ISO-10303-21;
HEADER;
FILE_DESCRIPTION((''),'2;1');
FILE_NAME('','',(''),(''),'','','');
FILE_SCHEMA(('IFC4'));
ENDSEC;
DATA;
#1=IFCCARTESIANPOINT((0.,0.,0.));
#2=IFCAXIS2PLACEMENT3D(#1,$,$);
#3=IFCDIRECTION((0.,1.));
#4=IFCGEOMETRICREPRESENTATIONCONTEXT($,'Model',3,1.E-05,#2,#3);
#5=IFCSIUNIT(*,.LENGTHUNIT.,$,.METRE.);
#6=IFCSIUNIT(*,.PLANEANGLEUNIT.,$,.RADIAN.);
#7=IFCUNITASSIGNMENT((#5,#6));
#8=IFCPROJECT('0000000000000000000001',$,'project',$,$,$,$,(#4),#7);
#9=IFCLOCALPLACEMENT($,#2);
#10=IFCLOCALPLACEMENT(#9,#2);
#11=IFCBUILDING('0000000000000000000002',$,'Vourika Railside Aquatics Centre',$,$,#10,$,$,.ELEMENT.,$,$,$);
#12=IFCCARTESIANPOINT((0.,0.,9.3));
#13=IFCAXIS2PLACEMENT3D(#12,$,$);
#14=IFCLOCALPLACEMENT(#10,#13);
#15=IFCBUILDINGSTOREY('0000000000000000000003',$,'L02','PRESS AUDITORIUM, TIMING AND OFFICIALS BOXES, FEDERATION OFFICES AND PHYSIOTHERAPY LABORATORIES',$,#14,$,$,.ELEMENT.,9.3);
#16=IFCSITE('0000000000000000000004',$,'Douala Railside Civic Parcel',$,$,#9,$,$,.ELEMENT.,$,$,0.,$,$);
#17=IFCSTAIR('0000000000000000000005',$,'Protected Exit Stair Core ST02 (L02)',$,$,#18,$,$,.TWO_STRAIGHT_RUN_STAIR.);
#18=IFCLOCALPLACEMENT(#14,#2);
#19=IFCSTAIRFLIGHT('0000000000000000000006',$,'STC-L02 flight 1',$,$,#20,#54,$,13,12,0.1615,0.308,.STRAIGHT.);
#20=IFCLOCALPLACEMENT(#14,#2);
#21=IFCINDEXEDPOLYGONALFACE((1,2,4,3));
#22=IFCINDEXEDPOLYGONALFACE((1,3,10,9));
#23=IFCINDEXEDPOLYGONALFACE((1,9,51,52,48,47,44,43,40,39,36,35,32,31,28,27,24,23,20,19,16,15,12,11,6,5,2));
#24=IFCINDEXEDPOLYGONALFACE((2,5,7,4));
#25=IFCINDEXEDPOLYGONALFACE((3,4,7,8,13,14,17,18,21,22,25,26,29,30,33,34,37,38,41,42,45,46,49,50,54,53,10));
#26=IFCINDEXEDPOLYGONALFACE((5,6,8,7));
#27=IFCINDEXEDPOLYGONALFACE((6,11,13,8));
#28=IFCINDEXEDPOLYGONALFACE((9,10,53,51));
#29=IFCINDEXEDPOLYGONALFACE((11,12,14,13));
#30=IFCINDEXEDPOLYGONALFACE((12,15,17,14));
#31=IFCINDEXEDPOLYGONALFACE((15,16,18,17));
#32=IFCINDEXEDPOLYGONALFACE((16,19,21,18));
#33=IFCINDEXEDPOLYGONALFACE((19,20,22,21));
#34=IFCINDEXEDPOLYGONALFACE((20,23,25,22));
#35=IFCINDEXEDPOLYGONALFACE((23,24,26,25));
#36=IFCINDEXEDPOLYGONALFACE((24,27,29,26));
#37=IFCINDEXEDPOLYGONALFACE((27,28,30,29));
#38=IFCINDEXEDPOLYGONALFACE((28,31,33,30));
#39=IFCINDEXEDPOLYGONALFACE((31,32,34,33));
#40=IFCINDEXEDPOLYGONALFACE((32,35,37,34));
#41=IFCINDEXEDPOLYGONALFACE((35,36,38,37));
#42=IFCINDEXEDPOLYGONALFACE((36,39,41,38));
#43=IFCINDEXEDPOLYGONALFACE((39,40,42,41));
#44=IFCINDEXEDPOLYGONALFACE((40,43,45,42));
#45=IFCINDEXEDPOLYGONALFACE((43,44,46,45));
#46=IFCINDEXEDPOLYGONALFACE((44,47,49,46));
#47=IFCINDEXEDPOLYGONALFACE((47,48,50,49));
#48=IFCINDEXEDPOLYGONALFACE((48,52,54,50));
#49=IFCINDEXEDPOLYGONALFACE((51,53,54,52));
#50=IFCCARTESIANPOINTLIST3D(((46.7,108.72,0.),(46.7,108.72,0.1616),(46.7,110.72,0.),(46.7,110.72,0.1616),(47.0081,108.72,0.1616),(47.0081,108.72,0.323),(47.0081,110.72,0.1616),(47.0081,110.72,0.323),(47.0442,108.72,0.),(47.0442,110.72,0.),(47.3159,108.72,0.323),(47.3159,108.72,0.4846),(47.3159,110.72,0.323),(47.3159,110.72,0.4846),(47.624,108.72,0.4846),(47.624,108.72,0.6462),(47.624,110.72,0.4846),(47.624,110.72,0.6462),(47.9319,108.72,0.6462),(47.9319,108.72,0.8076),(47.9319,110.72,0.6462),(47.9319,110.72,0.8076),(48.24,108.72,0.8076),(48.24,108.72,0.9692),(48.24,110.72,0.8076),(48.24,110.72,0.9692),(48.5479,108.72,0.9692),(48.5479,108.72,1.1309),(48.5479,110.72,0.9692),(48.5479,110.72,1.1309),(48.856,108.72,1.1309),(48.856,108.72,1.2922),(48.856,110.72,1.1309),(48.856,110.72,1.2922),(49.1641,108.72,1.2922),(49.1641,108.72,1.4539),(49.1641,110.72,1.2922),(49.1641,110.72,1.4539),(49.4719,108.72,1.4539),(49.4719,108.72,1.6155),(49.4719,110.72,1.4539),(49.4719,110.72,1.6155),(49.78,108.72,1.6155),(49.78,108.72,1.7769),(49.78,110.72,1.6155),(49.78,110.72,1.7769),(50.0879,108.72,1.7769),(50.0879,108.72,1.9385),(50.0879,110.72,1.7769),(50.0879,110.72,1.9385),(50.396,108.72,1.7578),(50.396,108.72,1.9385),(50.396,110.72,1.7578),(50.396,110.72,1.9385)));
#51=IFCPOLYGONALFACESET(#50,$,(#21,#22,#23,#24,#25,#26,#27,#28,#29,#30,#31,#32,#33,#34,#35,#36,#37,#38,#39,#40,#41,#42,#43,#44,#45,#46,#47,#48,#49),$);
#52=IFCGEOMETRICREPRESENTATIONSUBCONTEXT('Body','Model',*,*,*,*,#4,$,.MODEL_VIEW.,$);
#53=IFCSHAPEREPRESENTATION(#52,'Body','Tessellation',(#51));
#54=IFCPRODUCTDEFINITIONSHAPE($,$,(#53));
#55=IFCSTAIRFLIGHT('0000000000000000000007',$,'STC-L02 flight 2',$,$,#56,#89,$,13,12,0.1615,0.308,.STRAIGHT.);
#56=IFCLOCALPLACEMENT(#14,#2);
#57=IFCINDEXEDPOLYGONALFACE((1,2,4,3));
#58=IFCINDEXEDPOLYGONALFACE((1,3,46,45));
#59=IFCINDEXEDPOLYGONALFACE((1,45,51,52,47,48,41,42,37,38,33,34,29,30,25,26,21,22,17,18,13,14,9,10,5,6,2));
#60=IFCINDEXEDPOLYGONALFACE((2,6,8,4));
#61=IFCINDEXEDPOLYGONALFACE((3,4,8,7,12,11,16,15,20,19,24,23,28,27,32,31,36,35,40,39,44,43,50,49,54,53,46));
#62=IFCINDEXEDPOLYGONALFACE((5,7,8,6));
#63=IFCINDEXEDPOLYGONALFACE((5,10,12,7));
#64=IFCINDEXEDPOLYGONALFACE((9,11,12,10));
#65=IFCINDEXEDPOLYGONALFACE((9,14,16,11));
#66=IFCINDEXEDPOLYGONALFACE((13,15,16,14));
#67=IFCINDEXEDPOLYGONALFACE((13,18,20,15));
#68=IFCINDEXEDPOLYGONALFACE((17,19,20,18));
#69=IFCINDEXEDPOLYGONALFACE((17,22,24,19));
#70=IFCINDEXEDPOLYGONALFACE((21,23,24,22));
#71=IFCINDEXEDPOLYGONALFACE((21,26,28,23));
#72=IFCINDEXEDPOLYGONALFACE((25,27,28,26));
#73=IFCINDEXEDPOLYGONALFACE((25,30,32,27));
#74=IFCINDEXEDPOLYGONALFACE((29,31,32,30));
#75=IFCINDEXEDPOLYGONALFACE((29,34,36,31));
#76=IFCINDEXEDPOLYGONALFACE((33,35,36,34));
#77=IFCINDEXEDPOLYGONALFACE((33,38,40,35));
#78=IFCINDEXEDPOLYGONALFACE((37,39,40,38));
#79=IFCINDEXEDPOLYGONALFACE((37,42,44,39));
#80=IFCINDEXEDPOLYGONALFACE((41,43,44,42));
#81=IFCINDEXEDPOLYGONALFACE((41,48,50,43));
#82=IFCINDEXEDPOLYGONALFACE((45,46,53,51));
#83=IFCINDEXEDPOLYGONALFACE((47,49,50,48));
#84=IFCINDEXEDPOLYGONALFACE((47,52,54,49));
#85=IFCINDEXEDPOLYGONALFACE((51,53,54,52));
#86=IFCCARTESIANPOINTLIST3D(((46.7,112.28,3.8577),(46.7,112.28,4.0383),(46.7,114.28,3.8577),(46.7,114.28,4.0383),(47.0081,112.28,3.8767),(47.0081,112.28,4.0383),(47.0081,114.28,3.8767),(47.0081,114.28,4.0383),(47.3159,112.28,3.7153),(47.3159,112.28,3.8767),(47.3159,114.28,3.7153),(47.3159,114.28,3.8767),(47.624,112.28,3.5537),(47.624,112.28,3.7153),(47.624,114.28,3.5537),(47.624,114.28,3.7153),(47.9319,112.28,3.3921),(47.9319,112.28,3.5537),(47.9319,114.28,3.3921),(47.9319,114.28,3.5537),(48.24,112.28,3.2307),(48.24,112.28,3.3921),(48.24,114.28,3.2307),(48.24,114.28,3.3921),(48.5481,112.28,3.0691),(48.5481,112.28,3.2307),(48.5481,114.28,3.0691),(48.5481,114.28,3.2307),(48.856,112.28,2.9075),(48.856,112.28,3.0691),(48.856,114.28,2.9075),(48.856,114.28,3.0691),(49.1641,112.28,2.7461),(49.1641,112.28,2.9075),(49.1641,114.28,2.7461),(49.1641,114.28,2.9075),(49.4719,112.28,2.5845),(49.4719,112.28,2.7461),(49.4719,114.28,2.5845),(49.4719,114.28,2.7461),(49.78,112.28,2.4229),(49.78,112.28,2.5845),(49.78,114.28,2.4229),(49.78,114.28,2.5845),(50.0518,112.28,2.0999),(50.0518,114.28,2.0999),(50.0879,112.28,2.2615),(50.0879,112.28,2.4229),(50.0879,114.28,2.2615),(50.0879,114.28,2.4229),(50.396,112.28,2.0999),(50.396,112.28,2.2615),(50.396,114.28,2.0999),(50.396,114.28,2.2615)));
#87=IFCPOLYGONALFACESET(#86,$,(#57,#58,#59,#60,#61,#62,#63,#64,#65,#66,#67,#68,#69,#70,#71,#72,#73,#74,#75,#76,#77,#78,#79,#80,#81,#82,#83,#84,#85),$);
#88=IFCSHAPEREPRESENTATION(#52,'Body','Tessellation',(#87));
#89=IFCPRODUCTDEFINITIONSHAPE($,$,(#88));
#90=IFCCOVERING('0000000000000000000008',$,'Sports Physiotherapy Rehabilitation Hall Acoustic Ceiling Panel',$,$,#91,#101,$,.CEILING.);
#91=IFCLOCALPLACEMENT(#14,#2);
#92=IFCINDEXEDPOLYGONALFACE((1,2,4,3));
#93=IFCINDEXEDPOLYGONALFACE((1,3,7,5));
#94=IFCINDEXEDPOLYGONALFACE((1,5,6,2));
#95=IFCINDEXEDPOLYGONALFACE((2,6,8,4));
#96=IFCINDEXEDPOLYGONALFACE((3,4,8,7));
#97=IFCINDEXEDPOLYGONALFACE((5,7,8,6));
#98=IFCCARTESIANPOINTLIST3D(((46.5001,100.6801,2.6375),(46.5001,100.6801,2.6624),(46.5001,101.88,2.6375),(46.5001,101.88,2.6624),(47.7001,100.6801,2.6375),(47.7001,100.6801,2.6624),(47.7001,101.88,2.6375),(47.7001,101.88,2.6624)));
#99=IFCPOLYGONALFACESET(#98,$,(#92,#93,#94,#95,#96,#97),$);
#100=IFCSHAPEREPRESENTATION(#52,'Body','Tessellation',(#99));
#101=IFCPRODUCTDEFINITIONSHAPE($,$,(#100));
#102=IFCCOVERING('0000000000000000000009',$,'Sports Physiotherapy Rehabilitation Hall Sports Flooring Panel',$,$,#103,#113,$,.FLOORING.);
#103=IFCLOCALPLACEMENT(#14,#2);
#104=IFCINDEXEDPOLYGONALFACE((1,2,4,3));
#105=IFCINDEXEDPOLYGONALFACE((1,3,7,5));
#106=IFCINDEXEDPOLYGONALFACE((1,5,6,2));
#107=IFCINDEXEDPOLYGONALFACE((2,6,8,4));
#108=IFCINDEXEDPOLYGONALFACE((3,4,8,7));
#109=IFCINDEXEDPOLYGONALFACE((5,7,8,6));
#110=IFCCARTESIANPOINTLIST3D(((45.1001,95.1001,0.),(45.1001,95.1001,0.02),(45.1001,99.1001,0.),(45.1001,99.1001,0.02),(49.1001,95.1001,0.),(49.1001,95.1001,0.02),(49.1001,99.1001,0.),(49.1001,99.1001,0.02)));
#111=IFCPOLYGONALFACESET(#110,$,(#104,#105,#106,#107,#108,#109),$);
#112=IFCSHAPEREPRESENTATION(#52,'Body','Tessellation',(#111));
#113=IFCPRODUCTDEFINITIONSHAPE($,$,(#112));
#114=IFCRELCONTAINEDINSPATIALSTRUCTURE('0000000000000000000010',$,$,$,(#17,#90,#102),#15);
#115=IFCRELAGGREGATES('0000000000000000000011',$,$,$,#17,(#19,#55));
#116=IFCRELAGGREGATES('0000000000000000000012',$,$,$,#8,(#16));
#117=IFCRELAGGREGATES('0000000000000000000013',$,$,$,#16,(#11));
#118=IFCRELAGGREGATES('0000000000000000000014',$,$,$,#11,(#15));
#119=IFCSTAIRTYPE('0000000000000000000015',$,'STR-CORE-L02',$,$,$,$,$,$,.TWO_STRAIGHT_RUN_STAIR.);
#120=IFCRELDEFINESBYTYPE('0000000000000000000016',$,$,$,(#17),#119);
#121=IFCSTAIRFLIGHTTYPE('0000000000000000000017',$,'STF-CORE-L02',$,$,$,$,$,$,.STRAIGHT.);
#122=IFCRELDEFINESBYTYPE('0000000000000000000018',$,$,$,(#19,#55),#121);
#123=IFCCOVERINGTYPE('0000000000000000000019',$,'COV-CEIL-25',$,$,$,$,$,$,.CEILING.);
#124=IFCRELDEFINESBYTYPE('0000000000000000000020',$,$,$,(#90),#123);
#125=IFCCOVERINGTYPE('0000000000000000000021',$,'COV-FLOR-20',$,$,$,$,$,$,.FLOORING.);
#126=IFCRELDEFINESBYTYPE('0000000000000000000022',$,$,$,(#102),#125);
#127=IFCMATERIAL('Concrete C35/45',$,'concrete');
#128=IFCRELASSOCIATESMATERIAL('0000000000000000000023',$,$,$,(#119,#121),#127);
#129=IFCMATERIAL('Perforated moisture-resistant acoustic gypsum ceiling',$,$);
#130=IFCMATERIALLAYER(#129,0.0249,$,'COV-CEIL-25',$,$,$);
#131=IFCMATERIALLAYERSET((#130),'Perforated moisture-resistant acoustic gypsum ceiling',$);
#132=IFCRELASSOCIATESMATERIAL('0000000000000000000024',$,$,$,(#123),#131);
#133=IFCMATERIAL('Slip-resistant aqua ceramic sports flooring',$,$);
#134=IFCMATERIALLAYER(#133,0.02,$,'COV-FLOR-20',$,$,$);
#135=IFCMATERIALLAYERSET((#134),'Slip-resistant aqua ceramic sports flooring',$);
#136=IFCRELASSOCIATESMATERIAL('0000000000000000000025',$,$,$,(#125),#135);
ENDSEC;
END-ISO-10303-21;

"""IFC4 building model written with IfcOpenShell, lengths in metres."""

from ifc_helpers import new_model, si_unit, direction, frame, origin, origin_2d, place, context, subcontext, project, spatial, polyline, rectangle, outline, extrude, material, layer, layer_set, type_object, element, aggregate, save


model = new_model("IFC4")

# Units and contexts
model_context = context("Model", 3, precision=1e-05, world=origin(), true_north=direction((0.0, 1.0)))
body_context = subcontext(model_context, "Body", "Model", "MODEL_VIEW")
ifc_project = project(units=[si_unit("LENGTHUNIT", "METRE"), si_unit("PLANEANGLEUNIT", "RADIAN")], contexts=[model_context])

# Site, building, storey
site_placement = place(None, origin())
site = spatial("IfcSite", under=ifc_project, at=site_placement, Name="Douala Railside Civic Parcel", CompositionType="ELEMENT", RefElevation=0.0)
building_placement = place(site_placement, origin())
building = spatial("IfcBuilding", under=site, at=building_placement, Name="Vourika Railside Aquatics Centre", CompositionType="ELEMENT")
storey_placement = place(building_placement, frame((0.0, 0.0, 9.3)))
storey = spatial("IfcBuildingStorey", under=building, at=storey_placement, Name="L02", Description="PRESS AUDITORIUM, TIMING AND OFFICIALS BOXES, FEDERATION OFFICES AND PHYSIOTHERAPY LABORATORIES", CompositionType="ELEMENT", Elevation=9.3)

# Shared definitions
ifc_material_1 = material(Name="Concrete C35/45", Category="concrete")

# Stair, stair flights
stair_type = type_object("IfcStairType", Name="STR-CORE-L02", PredefinedType="TWO_STRAIGHT_RUN_STAIR", material=ifc_material_1)
stair_placement = place(storey_placement, origin())
stair = element("IfcStair", 1, at=stair_placement, inside=storey, type_object=stair_type, Name="Protected Exit Stair Core ST02 (L02)", PredefinedType="TWO_STRAIGHT_RUN_STAIR")
stair_flight_type = type_object("IfcStairFlightType", Name="STF-CORE-L02", PredefinedType="STRAIGHT", material=ifc_material_1)
stair_flight_1_placement = place(storey_placement, frame((46.7, 109.72, 0.0), z_axis=(0.0, 0.0, 1.0), x_axis=(1.0, 0.0, 0.0)))
stair_flight_1 = element("IfcStairFlight", 2, at=stair_flight_1_placement, type_object=stair_flight_type, Name="STC-L02 flight 1", NumberOfRisers=13, NumberOfTreads=12, PredefinedType="STRAIGHT", RiserHeight=0.1615, TreadLength=0.308, context=body_context, shape_type="SweptSolid", body=[
    extrude(outline(polyline([(0.0, 0.0), (0.0, 0.1616), (0.3081, 0.1616), (0.3081, 0.323), (0.616, 0.323), (0.616, 0.4846), (0.9241, 0.4846), (0.9241, 0.6462), (1.2319, 0.6462), (1.2319, 0.8076), (1.54, 0.8076), (1.54, 0.9692), (1.8479, 0.9692), (1.8479, 1.1309), (2.156, 1.1309), (2.156, 1.2922), (2.4641, 1.2922), (2.4641, 1.4539), (2.772, 1.4539), (2.772, 1.6155), (3.0801, 1.6155), (3.0801, 1.7769), (3.3879, 1.7769), (3.3879, 1.9385), (3.696, 1.9385), (3.696, 2.1001), (3.696, 1.7578), (0.3442, 0.0), (0.0, 0.0)])), frame((0.0, 1.0, 0.0), z_axis=(0.0, -1.0, 0.0), x_axis=(1.0, 0.0, 0.0)), (0.0, 0.0, 1.0), 2.0),
])
stair_flight_2_placement = place(storey_placement, frame((50.396, 113.28, 2.0999), z_axis=(0.0, 0.0, 1.0), x_axis=(-1.0, 0.0, 0.0)))
stair_flight_2 = element("IfcStairFlight", 3, at=stair_flight_2_placement, type_object=stair_flight_type, Name="STC-L02 flight 2", NumberOfRisers=13, NumberOfTreads=12, PredefinedType="STRAIGHT", RiserHeight=0.1615, TreadLength=0.308, context=body_context, shape_type="SweptSolid", body=[
    extrude(outline(polyline([(0.0, 0.0), (0.0, 0.1616), (0.3081, 0.1616), (0.3081, 0.323), (0.616, 0.323), (0.616, 0.4846), (0.9241, 0.4846), (0.9241, 0.6462), (1.2319, 0.6462), (1.2319, 0.8076), (1.54, 0.8076), (1.54, 0.9692), (1.8479, 0.9692), (1.8479, 1.1309), (2.156, 1.1309), (2.156, 1.2922), (2.4641, 1.2922), (2.4641, 1.4539), (2.772, 1.4539), (2.772, 1.6155), (3.0801, 1.6155), (3.0801, 1.7769), (3.3879, 1.7769), (3.3879, 1.9385), (3.696, 1.9385), (3.696, 2.1001), (3.696, 1.7578), (0.3442, 0.0), (0.0, 0.0)])), frame((0.0, 1.0, 0.0), z_axis=(0.0, -1.0, 0.0), x_axis=(1.0, 0.0, 0.0)), (0.0, 0.0, 1.0), 2.0),
])
aggregate(stair, [stair_flight_1, stair_flight_2])

# Coverings
ifc_material_2 = material(Name="Perforated moisture-resistant acoustic gypsum ceiling")
ifc_layer_1 = layer(ifc_material_2, 0.0249, Name="COV-CEIL-25")
ifc_layer_set_1 = layer_set([ifc_layer_1], Name="Perforated moisture-resistant acoustic gypsum ceiling")
covering_type_1 = type_object("IfcCoveringType", Name="COV-CEIL-25", PredefinedType="CEILING", material=ifc_layer_set_1)
covering_1_placement = place(storey_placement, frame((47.1001, 101.28, 2.6375), z_axis=(0.0, 0.0, 1.0), x_axis=(1.0, 0.0, 0.0)))
element("IfcCovering", 4, at=covering_1_placement, inside=storey, type_object=covering_type_1, Name="Sports Physiotherapy Rehabilitation Hall Acoustic Ceiling Panel", PredefinedType="CEILING", context=body_context, shape_type="SweptSolid", body=[
    extrude(rectangle(XDim=1.2, YDim=1.2, at=origin_2d()), origin(), (0.0, 0.0, 1.0), 0.0249),
])
ifc_material_3 = material(Name="Slip-resistant aqua ceramic sports flooring")
ifc_layer_2 = layer(ifc_material_3, 0.02, Name="COV-FLOR-20")
ifc_layer_set_2 = layer_set([ifc_layer_2], Name="Slip-resistant aqua ceramic sports flooring")
covering_type_2 = type_object("IfcCoveringType", Name="COV-FLOR-20", PredefinedType="FLOORING", material=ifc_layer_set_2)
covering_2_placement = place(storey_placement, frame((47.1001, 97.1001, 0.0), z_axis=(0.0, 0.0, 1.0), x_axis=(1.0, 0.0, 0.0)))
element("IfcCovering", 5, at=covering_2_placement, inside=storey, type_object=covering_type_2, Name="Sports Physiotherapy Rehabilitation Hall Sports Flooring Panel", PredefinedType="FLOORING", context=body_context, shape_type="SweptSolid", body=[
    extrude(rectangle(XDim=4.0, YDim=4.0, at=origin_2d()), origin(), (0.0, 0.0, 1.0), 0.02),
])

save(model, "model.ifc")
